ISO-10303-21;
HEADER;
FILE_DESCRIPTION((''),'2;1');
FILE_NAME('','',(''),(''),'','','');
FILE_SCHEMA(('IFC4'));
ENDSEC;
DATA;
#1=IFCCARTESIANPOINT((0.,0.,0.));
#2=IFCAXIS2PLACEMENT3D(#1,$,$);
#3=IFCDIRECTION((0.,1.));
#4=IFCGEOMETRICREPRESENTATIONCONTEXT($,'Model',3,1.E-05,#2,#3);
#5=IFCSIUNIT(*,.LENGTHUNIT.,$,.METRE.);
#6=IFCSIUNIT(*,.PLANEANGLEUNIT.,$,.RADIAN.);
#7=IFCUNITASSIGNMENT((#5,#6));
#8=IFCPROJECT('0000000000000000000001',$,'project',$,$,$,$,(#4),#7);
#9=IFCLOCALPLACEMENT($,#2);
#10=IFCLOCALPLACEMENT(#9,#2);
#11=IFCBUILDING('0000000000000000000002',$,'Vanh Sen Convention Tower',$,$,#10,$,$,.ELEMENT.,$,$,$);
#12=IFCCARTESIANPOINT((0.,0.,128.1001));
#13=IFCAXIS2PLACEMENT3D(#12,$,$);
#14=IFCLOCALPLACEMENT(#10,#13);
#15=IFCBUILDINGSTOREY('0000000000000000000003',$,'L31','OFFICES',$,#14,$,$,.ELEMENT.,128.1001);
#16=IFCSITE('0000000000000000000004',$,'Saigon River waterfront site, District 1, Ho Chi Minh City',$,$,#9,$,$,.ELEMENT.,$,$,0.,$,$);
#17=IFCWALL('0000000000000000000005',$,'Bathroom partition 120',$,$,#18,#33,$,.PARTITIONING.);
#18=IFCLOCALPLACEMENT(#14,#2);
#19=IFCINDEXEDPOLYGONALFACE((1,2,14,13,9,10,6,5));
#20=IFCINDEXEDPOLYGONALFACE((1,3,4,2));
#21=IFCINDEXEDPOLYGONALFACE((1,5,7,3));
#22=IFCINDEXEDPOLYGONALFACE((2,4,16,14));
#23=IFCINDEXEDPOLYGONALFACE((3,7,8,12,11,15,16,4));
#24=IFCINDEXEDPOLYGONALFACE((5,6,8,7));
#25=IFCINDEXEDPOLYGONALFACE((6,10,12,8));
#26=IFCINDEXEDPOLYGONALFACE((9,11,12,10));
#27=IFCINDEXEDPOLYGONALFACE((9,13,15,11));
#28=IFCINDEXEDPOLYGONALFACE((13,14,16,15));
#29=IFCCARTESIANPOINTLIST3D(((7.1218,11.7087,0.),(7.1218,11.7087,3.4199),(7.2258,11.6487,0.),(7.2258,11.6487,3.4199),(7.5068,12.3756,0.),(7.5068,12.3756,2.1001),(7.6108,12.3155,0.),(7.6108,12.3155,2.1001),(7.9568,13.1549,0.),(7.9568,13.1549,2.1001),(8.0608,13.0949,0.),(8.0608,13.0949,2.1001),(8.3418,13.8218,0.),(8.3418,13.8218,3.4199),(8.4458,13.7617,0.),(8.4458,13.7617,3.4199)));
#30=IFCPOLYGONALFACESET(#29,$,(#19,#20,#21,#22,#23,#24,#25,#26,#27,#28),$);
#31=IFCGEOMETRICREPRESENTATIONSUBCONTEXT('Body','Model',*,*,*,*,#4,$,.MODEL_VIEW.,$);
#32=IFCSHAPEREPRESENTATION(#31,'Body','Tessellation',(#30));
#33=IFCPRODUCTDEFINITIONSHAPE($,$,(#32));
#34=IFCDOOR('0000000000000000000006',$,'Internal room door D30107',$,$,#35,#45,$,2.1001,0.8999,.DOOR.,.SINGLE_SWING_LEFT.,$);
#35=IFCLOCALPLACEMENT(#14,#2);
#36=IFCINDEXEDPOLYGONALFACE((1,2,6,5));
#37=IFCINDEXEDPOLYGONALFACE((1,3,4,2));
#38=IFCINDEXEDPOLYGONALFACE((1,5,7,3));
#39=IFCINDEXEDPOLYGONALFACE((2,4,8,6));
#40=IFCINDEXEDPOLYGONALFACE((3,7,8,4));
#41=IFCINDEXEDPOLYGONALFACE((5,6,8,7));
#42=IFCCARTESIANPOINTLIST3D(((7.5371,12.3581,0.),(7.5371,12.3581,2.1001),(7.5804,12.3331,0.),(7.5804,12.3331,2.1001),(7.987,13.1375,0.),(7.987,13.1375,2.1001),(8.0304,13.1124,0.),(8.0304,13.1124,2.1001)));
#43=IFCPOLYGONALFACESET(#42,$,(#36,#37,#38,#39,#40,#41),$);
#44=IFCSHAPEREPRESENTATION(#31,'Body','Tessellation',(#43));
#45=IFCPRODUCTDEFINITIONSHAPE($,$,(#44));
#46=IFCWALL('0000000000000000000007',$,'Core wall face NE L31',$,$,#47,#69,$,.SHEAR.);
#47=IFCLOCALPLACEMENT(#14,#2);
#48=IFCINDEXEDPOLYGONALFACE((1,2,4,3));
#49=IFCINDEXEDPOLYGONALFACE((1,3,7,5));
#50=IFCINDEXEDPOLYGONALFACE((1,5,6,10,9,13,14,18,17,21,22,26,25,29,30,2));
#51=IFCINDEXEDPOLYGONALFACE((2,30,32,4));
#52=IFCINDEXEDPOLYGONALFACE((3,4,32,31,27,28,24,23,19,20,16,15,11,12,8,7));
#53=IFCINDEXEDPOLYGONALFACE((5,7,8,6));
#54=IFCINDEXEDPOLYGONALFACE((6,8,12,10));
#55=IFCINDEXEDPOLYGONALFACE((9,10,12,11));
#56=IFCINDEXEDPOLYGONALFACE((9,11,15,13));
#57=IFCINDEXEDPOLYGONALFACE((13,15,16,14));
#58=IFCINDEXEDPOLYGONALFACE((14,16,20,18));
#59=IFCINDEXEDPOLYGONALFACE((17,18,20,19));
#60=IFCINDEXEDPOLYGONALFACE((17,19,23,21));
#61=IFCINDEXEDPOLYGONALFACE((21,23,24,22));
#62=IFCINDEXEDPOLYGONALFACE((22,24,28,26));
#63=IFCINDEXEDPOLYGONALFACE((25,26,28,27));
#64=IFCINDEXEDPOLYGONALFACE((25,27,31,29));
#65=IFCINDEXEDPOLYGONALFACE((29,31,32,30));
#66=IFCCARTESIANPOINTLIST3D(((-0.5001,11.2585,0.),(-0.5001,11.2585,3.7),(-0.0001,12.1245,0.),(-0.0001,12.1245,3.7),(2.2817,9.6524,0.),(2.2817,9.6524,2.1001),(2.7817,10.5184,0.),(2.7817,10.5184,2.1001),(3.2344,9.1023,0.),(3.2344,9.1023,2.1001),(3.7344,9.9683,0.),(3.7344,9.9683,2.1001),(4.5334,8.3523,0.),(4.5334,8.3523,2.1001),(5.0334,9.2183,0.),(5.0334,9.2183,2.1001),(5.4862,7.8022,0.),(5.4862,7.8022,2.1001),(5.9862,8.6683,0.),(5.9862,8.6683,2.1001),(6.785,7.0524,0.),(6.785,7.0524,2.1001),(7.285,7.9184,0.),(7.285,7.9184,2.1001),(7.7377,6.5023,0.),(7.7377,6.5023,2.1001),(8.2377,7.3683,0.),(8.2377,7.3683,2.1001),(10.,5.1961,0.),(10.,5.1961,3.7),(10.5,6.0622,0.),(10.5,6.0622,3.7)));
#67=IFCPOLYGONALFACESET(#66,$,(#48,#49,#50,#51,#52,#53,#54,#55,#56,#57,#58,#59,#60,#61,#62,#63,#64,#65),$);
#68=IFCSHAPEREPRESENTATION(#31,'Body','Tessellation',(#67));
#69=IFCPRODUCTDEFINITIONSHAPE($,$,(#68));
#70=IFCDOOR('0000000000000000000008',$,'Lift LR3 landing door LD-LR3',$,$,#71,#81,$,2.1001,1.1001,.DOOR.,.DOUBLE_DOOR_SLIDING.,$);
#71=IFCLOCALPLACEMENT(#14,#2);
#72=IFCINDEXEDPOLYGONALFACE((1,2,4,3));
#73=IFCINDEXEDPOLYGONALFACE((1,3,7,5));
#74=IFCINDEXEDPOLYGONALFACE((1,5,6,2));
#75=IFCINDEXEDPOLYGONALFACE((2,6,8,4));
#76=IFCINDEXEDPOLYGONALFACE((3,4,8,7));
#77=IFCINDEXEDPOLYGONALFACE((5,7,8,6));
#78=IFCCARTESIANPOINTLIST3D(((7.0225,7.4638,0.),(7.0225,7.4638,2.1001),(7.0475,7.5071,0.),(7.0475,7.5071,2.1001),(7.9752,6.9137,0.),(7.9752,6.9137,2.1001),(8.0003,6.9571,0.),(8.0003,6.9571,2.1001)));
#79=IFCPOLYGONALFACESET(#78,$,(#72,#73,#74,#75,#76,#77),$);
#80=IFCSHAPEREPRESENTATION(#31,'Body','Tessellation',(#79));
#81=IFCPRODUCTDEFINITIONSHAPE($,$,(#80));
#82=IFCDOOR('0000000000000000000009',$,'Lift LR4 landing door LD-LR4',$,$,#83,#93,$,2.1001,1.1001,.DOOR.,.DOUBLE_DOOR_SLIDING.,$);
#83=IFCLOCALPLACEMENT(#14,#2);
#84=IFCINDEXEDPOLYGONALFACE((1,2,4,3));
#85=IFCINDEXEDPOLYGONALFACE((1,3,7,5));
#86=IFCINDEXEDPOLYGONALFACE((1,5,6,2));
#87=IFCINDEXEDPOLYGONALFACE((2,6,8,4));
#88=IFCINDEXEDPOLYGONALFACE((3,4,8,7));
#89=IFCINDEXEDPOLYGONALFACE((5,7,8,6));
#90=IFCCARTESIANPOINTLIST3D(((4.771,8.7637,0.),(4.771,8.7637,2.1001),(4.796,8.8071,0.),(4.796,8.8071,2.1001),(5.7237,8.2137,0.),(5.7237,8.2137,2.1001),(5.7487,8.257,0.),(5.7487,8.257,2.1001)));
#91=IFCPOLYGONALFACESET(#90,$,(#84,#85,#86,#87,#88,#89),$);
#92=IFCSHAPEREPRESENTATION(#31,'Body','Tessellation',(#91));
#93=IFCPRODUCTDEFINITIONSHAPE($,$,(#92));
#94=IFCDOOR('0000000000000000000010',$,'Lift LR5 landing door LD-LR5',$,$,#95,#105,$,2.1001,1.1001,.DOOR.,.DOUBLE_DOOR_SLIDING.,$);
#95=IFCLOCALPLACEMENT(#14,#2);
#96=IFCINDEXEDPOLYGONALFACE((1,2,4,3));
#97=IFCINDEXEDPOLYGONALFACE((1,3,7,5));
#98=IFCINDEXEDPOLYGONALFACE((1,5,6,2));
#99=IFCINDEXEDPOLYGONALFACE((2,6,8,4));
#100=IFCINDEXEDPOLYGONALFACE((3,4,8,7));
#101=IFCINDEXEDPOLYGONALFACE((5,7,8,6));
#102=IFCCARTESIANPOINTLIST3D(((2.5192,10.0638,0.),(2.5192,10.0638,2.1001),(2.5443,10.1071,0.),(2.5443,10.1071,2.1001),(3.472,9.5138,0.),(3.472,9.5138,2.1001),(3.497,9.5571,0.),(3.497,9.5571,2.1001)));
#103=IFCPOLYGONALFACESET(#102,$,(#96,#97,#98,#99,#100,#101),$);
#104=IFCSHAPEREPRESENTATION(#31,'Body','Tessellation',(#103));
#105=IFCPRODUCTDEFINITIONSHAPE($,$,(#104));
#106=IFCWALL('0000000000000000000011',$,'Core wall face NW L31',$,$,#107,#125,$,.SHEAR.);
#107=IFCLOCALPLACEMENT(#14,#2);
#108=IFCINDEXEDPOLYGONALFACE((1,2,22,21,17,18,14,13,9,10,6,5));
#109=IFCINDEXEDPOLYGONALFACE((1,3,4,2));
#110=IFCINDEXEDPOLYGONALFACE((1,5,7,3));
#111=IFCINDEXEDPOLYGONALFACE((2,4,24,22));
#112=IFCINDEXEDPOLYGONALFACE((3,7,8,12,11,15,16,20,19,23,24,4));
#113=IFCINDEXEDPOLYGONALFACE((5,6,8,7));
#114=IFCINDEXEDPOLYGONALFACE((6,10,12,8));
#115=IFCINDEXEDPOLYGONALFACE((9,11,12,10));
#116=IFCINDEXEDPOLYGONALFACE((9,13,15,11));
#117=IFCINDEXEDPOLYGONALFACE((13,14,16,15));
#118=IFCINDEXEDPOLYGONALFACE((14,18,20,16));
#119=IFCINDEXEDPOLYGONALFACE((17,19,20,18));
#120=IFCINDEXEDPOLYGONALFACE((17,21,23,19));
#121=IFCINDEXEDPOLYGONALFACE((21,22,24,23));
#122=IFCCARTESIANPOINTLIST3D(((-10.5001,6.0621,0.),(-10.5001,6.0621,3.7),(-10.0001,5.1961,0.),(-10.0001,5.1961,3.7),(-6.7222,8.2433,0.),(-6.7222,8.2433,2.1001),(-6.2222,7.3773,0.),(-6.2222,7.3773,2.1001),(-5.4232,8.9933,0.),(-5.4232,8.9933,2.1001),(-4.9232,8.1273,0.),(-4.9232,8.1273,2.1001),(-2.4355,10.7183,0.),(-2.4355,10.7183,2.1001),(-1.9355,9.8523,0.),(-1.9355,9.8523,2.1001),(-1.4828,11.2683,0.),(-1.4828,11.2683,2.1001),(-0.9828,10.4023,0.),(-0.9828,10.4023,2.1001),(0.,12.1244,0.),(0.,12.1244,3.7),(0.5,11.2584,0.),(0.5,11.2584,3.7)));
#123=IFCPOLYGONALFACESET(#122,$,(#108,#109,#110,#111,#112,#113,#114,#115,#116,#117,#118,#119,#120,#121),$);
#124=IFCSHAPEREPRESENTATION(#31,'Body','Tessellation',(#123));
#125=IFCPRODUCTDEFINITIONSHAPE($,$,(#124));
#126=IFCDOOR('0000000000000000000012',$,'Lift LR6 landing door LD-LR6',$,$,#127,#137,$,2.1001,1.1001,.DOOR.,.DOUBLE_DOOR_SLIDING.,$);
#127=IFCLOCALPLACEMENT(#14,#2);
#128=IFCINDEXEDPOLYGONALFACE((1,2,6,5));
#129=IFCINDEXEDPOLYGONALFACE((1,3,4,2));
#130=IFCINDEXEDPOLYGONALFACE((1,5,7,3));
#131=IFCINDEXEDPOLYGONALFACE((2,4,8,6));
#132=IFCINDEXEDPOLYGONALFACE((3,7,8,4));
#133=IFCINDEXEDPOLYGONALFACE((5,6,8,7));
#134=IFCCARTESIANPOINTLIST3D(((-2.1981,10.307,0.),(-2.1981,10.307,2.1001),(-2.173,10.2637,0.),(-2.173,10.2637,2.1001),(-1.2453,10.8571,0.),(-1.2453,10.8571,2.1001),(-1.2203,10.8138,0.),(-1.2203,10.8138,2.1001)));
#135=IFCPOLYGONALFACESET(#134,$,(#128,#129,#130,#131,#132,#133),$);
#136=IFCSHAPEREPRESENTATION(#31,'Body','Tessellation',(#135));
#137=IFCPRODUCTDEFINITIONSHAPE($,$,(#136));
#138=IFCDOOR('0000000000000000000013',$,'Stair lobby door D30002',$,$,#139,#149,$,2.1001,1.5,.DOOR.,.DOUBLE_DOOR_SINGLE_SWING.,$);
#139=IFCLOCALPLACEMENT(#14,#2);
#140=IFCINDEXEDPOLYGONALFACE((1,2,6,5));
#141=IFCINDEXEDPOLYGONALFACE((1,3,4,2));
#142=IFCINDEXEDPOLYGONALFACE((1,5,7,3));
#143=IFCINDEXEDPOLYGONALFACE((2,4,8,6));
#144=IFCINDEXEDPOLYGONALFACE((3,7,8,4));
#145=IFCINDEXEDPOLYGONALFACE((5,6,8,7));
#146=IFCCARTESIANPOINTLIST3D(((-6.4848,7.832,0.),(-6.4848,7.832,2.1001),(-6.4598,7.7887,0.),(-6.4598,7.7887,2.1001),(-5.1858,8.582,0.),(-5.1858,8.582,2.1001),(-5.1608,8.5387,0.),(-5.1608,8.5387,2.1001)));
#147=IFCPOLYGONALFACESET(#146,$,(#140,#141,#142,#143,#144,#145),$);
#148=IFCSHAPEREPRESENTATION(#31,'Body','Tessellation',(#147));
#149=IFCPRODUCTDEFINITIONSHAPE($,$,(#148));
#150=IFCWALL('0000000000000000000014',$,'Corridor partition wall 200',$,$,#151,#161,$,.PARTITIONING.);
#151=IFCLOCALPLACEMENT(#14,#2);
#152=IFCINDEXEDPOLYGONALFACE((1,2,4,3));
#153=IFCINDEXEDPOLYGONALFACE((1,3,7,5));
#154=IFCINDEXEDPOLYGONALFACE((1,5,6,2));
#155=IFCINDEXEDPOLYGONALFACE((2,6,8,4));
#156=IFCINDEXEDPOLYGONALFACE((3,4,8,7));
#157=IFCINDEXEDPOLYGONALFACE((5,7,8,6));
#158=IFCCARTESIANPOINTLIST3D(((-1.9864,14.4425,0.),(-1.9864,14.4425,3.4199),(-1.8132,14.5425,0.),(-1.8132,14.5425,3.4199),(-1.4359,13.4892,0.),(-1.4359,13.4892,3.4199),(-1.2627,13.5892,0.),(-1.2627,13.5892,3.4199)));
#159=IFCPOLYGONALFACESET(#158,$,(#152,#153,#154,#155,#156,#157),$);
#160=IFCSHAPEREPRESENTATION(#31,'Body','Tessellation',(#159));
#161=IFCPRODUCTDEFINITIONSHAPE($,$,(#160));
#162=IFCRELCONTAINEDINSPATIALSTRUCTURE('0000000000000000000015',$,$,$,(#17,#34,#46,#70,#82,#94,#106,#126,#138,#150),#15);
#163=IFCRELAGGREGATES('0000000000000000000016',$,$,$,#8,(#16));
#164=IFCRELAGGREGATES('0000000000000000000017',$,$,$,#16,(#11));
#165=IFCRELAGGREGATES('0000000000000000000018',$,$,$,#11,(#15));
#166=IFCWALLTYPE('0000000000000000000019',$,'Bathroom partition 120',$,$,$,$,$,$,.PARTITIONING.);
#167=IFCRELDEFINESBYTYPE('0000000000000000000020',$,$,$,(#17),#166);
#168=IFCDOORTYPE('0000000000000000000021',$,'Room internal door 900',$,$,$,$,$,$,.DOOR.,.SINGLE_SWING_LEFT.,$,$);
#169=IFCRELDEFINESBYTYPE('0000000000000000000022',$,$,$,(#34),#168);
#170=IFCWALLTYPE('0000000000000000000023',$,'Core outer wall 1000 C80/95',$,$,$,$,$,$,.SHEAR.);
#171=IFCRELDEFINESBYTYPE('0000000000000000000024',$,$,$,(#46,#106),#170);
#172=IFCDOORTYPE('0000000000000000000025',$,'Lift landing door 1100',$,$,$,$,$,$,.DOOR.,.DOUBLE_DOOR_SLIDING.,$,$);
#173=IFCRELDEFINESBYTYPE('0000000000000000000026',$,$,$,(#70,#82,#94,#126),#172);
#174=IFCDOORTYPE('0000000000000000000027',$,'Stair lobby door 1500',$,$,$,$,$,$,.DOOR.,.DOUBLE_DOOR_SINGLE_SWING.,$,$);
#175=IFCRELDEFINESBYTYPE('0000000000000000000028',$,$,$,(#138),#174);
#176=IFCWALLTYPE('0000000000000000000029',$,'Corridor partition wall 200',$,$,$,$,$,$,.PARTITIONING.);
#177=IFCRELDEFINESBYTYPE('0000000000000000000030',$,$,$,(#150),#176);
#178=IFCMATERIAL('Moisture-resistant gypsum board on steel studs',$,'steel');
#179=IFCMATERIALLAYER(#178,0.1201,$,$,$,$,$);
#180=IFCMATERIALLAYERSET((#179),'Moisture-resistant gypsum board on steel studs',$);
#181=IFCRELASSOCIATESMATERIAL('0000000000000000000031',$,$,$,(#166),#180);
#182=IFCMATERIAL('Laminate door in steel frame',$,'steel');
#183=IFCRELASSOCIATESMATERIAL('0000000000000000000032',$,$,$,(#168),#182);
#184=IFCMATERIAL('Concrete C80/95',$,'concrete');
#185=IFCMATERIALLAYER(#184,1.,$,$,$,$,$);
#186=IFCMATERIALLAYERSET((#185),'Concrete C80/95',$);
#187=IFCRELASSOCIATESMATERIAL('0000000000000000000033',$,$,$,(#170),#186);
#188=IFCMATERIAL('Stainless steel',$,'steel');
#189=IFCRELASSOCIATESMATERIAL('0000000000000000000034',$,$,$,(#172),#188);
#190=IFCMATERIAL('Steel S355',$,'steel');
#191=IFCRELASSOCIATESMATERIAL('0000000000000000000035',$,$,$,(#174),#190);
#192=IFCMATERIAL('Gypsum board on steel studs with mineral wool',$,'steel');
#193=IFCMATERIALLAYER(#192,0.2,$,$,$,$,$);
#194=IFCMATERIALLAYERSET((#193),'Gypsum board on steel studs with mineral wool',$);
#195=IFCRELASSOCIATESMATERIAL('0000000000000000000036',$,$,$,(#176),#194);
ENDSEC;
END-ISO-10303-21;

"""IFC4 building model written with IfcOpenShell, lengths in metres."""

from ifc_helpers import new_model, si_unit, direction, frame, frame_2d, origin, place, context, subcontext, project, spatial, rectangle, extrude, material, layer, layer_set, type_object, element, fill, save


model = new_model("IFC4")

# Units and contexts
model_context = context("Model", 3, precision=1e-05, world=origin(), true_north=direction((0.0, 1.0)))
body_context = subcontext(model_context, "Body", "Model", "MODEL_VIEW")
ifc_project = project(units=[si_unit("LENGTHUNIT", "METRE"), si_unit("PLANEANGLEUNIT", "RADIAN")], contexts=[model_context])

# Site, building, storey
site_placement = place(None, origin())
site = spatial("IfcSite", under=ifc_project, at=site_placement, Name="Saigon River waterfront site, District 1, Ho Chi Minh City", CompositionType="ELEMENT", RefElevation=0.0)
building_placement = place(site_placement, origin())
building = spatial("IfcBuilding", under=site, at=building_placement, Name="Vanh Sen Convention Tower", CompositionType="ELEMENT")
storey_placement = place(building_placement, frame((0.0, 0.0, 128.1001)))
storey = spatial("IfcBuildingStorey", under=building, at=storey_placement, Name="L31", Description="OFFICES", CompositionType="ELEMENT", Elevation=128.1001)

# Wall, opening, door
ifc_material_1 = material(Name="Moisture-resistant gypsum board on steel studs", Category="steel")
ifc_layer_1 = layer(ifc_material_1, 0.1201)
ifc_layer_set_1 = layer_set([ifc_layer_1], Name="Moisture-resistant gypsum board on steel studs")
wall_type_1 = type_object("IfcWallType", Name="Bathroom partition 120", PredefinedType="PARTITIONING", material=ifc_layer_set_1)
wall_1_placement = place(storey_placement, frame((8.3938, 13.7917, 0.0), z_axis=(0.0, 0.0, 1.0), x_axis=(-0.500003, -0.866024, 0.0)))
wall_1 = element("IfcWall", 1, at=wall_1_placement, inside=storey, type_object=wall_type_1, Name="Bathroom partition 120", PredefinedType="PARTITIONING", context=body_context, shape_type="SweptSolid", body=[
    extrude(rectangle(XDim=2.4399, YDim=0.1201, at=frame_2d((1.22, 0.0))), origin(), (0.0, 0.0, 1.0), 3.4199),
])
opening_1_placement = place(wall_1_placement, frame((0.77, 0.0, 0.0)))
opening_1 = element("IfcOpeningElement", 2, at=opening_1_placement, cuts=wall_1, PredefinedType="OPENING", context=body_context, shape_type="SweptSolid", body=[
    extrude(rectangle(XDim=0.8999, YDim=2.1001, at=frame_2d((0.45, 1.05))), frame((0.0, 0.0701, 0.0), z_axis=(0.0, -1.0, 0.0), x_axis=(1.0, 0.0, 0.0)), (0.0, 0.0, 1.0), 0.1401),
])
ifc_material_2 = material(Name="Laminate door in steel frame", Category="steel")
door_type_1 = type_object("IfcDoorType", Name="Room internal door 900", OperationType="SINGLE_SWING_LEFT", PredefinedType="DOOR", material=ifc_material_2)
door_1_placement = place(opening_1_placement, origin())
door_1 = element("IfcDoor", 3, at=door_1_placement, inside=storey, type_object=door_type_1, Name="Internal room door D30107", OperationType="SINGLE_SWING_LEFT", OverallHeight=2.1001, OverallWidth=0.8999, PredefinedType="DOOR", context=body_context, shape_type="SweptSolid", body=[
    extrude(rectangle(XDim=0.8999, YDim=2.1001, at=frame_2d((0.45, 1.05))), frame((0.0, 0.0249, 0.0), z_axis=(0.0, -1.0, 0.0), x_axis=(1.0, 0.0, 0.0)), (0.0, 0.0, 1.0), 0.05),
])
fill(opening_1, door_1)

# Walls, openings, doors
ifc_material_3 = material(Name="Concrete C80/95", Category="concrete")
ifc_layer_2 = layer(ifc_material_3, 1.0)
ifc_layer_set_2 = layer_set([ifc_layer_2], Name="Concrete C80/95")
wall_type_2 = type_object("IfcWallType", Name="Core outer wall 1000 C80/95", PredefinedType="SHEAR", material=ifc_layer_set_2)
wall_2_placement = place(storey_placement, frame((10.25, 5.6292, 0.0), z_axis=(0.0, 0.0, 1.0), x_axis=(-0.866023, 0.500005, 0.0)))
wall_2 = element("IfcWall", 4, at=wall_2_placement, inside=storey, type_object=wall_type_2, Name="Core wall face NE L31", PredefinedType="SHEAR", context=body_context, shape_type="SweptSolid", body=[
    extrude(rectangle(XDim=12.1245, YDim=1.0, at=frame_2d((6.0623, 0.0))), origin(), (0.0, 0.0, 1.0), 3.7),
])
opening_2_placement = place(wall_2_placement, frame((2.6123, 0.0, 0.0)))
opening_2 = element("IfcOpeningElement", 5, at=opening_2_placement, cuts=wall_2, PredefinedType="OPENING", context=body_context, shape_type="SweptSolid", body=[
    extrude(rectangle(XDim=1.1001, YDim=2.1001, at=frame_2d((0.55, 1.05))), frame((0.0, 0.51, 0.0), z_axis=(0.0, -1.0, 0.0), x_axis=(1.0, 0.0, 0.0)), (0.0, 0.0, 1.0), 1.02),
])
opening_3_placement = place(wall_2_placement, frame((5.2122, 0.0, 0.0)))
opening_3 = element("IfcOpeningElement", 6, at=opening_3_placement, cuts=wall_2, PredefinedType="OPENING", context=body_context, shape_type="SweptSolid", body=[
    extrude(rectangle(XDim=1.1001, YDim=2.1001, at=frame_2d((0.55, 1.05))), frame((0.0, 0.51, 0.0), z_axis=(0.0, -1.0, 0.0), x_axis=(1.0, 0.0, 0.0)), (0.0, 0.0, 1.0), 1.02),
])
opening_4_placement = place(wall_2_placement, frame((7.8123, 0.0, 0.0)))
opening_4 = element("IfcOpeningElement", 7, at=opening_4_placement, cuts=wall_2, PredefinedType="OPENING", context=body_context, shape_type="SweptSolid", body=[
    extrude(rectangle(XDim=1.1001, YDim=2.1001, at=frame_2d((0.55, 1.05))), frame((0.0, 0.51, 0.0), z_axis=(0.0, -1.0, 0.0), x_axis=(1.0, 0.0, 0.0)), (0.0, 0.0, 1.0), 1.02),
])
ifc_material_4 = material(Name="Stainless steel", Category="steel")
door_type_2 = type_object("IfcDoorType", Name="Lift landing door 1100", OperationType="DOUBLE_DOOR_SLIDING", PredefinedType="DOOR", material=ifc_material_4)
door_2_placement = place(opening_2_placement, origin())
door_2 = element("IfcDoor", 8, at=door_2_placement, inside=storey, type_object=door_type_2, Name="Lift LR3 landing door LD-LR3", OperationType="DOUBLE_DOOR_SLIDING", OverallHeight=2.1001, OverallWidth=1.1001, PredefinedType="DOOR", context=body_context, shape_type="SweptSolid", body=[
    extrude(rectangle(XDim=1.1001, YDim=2.1001, at=frame_2d((0.55, 1.05))), frame((0.0, 0.0249, 0.0), z_axis=(0.0, -1.0, 0.0), x_axis=(1.0, 0.0, 0.0)), (0.0, 0.0, 1.0), 0.05),
])
fill(opening_2, door_2)
door_3_placement = place(opening_3_placement, origin())
door_3 = element("IfcDoor", 9, at=door_3_placement, inside=storey, type_object=door_type_2, Name="Lift LR4 landing door LD-LR4", OperationType="DOUBLE_DOOR_SLIDING", OverallHeight=2.1001, OverallWidth=1.1001, PredefinedType="DOOR", context=body_context, shape_type="SweptSolid", body=[
    extrude(rectangle(XDim=1.1001, YDim=2.1001, at=frame_2d((0.55, 1.05))), frame((0.0, 0.0249, 0.0), z_axis=(0.0, -1.0, 0.0), x_axis=(1.0, 0.0, 0.0)), (0.0, 0.0, 1.0), 0.05),
])
fill(opening_3, door_3)
door_4_placement = place(opening_4_placement, origin())
door_4 = element("IfcDoor", 10, at=door_4_placement, inside=storey, type_object=door_type_2, Name="Lift LR5 landing door LD-LR5", OperationType="DOUBLE_DOOR_SLIDING", OverallHeight=2.1001, OverallWidth=1.1001, PredefinedType="DOOR", context=body_context, shape_type="SweptSolid", body=[
    extrude(rectangle(XDim=1.1001, YDim=2.1001, at=frame_2d((0.55, 1.05))), frame((0.0, 0.0249, 0.0), z_axis=(0.0, -1.0, 0.0), x_axis=(1.0, 0.0, 0.0)), (0.0, 0.0, 1.0), 0.05),
])
fill(opening_4, door_4)
wall_3_placement = place(storey_placement, frame((0.25, 11.6914, 0.0), z_axis=(0.0, 0.0, 1.0), x_axis=(-0.866023, -0.500005, 0.0)))
wall_3 = element("IfcWall", 11, at=wall_3_placement, inside=storey, type_object=wall_type_2, Name="Core wall face NW L31", PredefinedType="SHEAR", context=body_context, shape_type="SweptSolid", body=[
    extrude(rectangle(XDim=12.1245, YDim=1.0, at=frame_2d((6.0623, 0.0))), origin(), (0.0, 0.0, 1.0), 3.7),
])
opening_5_placement = place(wall_3_placement, frame((6.2622, 0.0, 0.0)))
opening_5 = element("IfcOpeningElement", 12, at=opening_5_placement, cuts=wall_3, PredefinedType="OPENING", context=body_context, shape_type="SweptSolid", body=[
    extrude(rectangle(XDim=1.5, YDim=2.1001, at=frame_2d((0.75, 1.05))), frame((0.0, 0.51, 0.0), z_axis=(0.0, -1.0, 0.0), x_axis=(1.0, 0.0, 0.0)), (0.0, 0.0, 1.0), 1.02),
])
opening_6_placement = place(wall_3_placement, frame((1.7122, 0.0, 0.0)))
opening_6 = element("IfcOpeningElement", 13, at=opening_6_placement, cuts=wall_3, PredefinedType="OPENING", context=body_context, shape_type="SweptSolid", body=[
    extrude(rectangle(XDim=1.1001, YDim=2.1001, at=frame_2d((0.55, 1.05))), frame((0.0, 0.51, 0.0), z_axis=(0.0, -1.0, 0.0), x_axis=(1.0, 0.0, 0.0)), (0.0, 0.0, 1.0), 1.02),
])
door_5_placement = place(opening_6_placement, origin())
door_5 = element("IfcDoor", 14, at=door_5_placement, inside=storey, type_object=door_type_2, Name="Lift LR6 landing door LD-LR6", OperationType="DOUBLE_DOOR_SLIDING", OverallHeight=2.1001, OverallWidth=1.1001, PredefinedType="DOOR", context=body_context, shape_type="SweptSolid", body=[
    extrude(rectangle(XDim=1.1001, YDim=2.1001, at=frame_2d((0.55, 1.05))), frame((0.0, 0.0249, 0.0), z_axis=(0.0, -1.0, 0.0), x_axis=(1.0, 0.0, 0.0)), (0.0, 0.0, 1.0), 0.05),
])
fill(opening_6, door_5)
ifc_material_5 = material(Name="Steel S355", Category="steel")
door_type_3 = type_object("IfcDoorType", Name="Stair lobby door 1500", OperationType="DOUBLE_DOOR_SINGLE_SWING", PredefinedType="DOOR", material=ifc_material_5)
door_6_placement = place(opening_5_placement, origin())
door_6 = element("IfcDoor", 15, at=door_6_placement, inside=storey, type_object=door_type_3, Name="Stair lobby door D30002", OperationType="DOUBLE_DOOR_SINGLE_SWING", OverallHeight=2.1001, OverallWidth=1.5, PredefinedType="DOOR", context=body_context, shape_type="SweptSolid", body=[
    extrude(rectangle(XDim=1.5, YDim=2.1001, at=frame_2d((0.75, 1.05))), frame((0.0, 0.0249, 0.0), z_axis=(0.0, -1.0, 0.0), x_axis=(1.0, 0.0, 0.0)), (0.0, 0.0, 1.0), 0.05),
])
fill(opening_5, door_6)

# Wall
ifc_material_6 = material(Name="Gypsum board on steel studs with mineral wool", Category="steel")
ifc_layer_3 = layer(ifc_material_6, 0.2)
ifc_layer_set_3 = layer_set([ifc_layer_3], Name="Gypsum board on steel studs with mineral wool")
wall_type_3 = type_object("IfcWallType", Name="Corridor partition wall 200", PredefinedType="PARTITIONING", material=ifc_layer_set_3)
wall_4_placement = place(storey_placement, frame((-1.3494, 13.5393, 0.0), z_axis=(0.0, 0.0, 1.0), x_axis=(-0.500074, 0.865982, 0.0)))
element("IfcWall", 16, at=wall_4_placement, inside=storey, type_object=wall_type_3, Name="Corridor partition wall 200", PredefinedType="PARTITIONING", context=body_context, shape_type="SweptSolid", body=[
    extrude(rectangle(XDim=1.1008, YDim=0.2, at=frame_2d((0.5503, 0.0))), origin(), (0.0, 0.0, 1.0), 3.4199),
])

save(model, "model.ifc")
